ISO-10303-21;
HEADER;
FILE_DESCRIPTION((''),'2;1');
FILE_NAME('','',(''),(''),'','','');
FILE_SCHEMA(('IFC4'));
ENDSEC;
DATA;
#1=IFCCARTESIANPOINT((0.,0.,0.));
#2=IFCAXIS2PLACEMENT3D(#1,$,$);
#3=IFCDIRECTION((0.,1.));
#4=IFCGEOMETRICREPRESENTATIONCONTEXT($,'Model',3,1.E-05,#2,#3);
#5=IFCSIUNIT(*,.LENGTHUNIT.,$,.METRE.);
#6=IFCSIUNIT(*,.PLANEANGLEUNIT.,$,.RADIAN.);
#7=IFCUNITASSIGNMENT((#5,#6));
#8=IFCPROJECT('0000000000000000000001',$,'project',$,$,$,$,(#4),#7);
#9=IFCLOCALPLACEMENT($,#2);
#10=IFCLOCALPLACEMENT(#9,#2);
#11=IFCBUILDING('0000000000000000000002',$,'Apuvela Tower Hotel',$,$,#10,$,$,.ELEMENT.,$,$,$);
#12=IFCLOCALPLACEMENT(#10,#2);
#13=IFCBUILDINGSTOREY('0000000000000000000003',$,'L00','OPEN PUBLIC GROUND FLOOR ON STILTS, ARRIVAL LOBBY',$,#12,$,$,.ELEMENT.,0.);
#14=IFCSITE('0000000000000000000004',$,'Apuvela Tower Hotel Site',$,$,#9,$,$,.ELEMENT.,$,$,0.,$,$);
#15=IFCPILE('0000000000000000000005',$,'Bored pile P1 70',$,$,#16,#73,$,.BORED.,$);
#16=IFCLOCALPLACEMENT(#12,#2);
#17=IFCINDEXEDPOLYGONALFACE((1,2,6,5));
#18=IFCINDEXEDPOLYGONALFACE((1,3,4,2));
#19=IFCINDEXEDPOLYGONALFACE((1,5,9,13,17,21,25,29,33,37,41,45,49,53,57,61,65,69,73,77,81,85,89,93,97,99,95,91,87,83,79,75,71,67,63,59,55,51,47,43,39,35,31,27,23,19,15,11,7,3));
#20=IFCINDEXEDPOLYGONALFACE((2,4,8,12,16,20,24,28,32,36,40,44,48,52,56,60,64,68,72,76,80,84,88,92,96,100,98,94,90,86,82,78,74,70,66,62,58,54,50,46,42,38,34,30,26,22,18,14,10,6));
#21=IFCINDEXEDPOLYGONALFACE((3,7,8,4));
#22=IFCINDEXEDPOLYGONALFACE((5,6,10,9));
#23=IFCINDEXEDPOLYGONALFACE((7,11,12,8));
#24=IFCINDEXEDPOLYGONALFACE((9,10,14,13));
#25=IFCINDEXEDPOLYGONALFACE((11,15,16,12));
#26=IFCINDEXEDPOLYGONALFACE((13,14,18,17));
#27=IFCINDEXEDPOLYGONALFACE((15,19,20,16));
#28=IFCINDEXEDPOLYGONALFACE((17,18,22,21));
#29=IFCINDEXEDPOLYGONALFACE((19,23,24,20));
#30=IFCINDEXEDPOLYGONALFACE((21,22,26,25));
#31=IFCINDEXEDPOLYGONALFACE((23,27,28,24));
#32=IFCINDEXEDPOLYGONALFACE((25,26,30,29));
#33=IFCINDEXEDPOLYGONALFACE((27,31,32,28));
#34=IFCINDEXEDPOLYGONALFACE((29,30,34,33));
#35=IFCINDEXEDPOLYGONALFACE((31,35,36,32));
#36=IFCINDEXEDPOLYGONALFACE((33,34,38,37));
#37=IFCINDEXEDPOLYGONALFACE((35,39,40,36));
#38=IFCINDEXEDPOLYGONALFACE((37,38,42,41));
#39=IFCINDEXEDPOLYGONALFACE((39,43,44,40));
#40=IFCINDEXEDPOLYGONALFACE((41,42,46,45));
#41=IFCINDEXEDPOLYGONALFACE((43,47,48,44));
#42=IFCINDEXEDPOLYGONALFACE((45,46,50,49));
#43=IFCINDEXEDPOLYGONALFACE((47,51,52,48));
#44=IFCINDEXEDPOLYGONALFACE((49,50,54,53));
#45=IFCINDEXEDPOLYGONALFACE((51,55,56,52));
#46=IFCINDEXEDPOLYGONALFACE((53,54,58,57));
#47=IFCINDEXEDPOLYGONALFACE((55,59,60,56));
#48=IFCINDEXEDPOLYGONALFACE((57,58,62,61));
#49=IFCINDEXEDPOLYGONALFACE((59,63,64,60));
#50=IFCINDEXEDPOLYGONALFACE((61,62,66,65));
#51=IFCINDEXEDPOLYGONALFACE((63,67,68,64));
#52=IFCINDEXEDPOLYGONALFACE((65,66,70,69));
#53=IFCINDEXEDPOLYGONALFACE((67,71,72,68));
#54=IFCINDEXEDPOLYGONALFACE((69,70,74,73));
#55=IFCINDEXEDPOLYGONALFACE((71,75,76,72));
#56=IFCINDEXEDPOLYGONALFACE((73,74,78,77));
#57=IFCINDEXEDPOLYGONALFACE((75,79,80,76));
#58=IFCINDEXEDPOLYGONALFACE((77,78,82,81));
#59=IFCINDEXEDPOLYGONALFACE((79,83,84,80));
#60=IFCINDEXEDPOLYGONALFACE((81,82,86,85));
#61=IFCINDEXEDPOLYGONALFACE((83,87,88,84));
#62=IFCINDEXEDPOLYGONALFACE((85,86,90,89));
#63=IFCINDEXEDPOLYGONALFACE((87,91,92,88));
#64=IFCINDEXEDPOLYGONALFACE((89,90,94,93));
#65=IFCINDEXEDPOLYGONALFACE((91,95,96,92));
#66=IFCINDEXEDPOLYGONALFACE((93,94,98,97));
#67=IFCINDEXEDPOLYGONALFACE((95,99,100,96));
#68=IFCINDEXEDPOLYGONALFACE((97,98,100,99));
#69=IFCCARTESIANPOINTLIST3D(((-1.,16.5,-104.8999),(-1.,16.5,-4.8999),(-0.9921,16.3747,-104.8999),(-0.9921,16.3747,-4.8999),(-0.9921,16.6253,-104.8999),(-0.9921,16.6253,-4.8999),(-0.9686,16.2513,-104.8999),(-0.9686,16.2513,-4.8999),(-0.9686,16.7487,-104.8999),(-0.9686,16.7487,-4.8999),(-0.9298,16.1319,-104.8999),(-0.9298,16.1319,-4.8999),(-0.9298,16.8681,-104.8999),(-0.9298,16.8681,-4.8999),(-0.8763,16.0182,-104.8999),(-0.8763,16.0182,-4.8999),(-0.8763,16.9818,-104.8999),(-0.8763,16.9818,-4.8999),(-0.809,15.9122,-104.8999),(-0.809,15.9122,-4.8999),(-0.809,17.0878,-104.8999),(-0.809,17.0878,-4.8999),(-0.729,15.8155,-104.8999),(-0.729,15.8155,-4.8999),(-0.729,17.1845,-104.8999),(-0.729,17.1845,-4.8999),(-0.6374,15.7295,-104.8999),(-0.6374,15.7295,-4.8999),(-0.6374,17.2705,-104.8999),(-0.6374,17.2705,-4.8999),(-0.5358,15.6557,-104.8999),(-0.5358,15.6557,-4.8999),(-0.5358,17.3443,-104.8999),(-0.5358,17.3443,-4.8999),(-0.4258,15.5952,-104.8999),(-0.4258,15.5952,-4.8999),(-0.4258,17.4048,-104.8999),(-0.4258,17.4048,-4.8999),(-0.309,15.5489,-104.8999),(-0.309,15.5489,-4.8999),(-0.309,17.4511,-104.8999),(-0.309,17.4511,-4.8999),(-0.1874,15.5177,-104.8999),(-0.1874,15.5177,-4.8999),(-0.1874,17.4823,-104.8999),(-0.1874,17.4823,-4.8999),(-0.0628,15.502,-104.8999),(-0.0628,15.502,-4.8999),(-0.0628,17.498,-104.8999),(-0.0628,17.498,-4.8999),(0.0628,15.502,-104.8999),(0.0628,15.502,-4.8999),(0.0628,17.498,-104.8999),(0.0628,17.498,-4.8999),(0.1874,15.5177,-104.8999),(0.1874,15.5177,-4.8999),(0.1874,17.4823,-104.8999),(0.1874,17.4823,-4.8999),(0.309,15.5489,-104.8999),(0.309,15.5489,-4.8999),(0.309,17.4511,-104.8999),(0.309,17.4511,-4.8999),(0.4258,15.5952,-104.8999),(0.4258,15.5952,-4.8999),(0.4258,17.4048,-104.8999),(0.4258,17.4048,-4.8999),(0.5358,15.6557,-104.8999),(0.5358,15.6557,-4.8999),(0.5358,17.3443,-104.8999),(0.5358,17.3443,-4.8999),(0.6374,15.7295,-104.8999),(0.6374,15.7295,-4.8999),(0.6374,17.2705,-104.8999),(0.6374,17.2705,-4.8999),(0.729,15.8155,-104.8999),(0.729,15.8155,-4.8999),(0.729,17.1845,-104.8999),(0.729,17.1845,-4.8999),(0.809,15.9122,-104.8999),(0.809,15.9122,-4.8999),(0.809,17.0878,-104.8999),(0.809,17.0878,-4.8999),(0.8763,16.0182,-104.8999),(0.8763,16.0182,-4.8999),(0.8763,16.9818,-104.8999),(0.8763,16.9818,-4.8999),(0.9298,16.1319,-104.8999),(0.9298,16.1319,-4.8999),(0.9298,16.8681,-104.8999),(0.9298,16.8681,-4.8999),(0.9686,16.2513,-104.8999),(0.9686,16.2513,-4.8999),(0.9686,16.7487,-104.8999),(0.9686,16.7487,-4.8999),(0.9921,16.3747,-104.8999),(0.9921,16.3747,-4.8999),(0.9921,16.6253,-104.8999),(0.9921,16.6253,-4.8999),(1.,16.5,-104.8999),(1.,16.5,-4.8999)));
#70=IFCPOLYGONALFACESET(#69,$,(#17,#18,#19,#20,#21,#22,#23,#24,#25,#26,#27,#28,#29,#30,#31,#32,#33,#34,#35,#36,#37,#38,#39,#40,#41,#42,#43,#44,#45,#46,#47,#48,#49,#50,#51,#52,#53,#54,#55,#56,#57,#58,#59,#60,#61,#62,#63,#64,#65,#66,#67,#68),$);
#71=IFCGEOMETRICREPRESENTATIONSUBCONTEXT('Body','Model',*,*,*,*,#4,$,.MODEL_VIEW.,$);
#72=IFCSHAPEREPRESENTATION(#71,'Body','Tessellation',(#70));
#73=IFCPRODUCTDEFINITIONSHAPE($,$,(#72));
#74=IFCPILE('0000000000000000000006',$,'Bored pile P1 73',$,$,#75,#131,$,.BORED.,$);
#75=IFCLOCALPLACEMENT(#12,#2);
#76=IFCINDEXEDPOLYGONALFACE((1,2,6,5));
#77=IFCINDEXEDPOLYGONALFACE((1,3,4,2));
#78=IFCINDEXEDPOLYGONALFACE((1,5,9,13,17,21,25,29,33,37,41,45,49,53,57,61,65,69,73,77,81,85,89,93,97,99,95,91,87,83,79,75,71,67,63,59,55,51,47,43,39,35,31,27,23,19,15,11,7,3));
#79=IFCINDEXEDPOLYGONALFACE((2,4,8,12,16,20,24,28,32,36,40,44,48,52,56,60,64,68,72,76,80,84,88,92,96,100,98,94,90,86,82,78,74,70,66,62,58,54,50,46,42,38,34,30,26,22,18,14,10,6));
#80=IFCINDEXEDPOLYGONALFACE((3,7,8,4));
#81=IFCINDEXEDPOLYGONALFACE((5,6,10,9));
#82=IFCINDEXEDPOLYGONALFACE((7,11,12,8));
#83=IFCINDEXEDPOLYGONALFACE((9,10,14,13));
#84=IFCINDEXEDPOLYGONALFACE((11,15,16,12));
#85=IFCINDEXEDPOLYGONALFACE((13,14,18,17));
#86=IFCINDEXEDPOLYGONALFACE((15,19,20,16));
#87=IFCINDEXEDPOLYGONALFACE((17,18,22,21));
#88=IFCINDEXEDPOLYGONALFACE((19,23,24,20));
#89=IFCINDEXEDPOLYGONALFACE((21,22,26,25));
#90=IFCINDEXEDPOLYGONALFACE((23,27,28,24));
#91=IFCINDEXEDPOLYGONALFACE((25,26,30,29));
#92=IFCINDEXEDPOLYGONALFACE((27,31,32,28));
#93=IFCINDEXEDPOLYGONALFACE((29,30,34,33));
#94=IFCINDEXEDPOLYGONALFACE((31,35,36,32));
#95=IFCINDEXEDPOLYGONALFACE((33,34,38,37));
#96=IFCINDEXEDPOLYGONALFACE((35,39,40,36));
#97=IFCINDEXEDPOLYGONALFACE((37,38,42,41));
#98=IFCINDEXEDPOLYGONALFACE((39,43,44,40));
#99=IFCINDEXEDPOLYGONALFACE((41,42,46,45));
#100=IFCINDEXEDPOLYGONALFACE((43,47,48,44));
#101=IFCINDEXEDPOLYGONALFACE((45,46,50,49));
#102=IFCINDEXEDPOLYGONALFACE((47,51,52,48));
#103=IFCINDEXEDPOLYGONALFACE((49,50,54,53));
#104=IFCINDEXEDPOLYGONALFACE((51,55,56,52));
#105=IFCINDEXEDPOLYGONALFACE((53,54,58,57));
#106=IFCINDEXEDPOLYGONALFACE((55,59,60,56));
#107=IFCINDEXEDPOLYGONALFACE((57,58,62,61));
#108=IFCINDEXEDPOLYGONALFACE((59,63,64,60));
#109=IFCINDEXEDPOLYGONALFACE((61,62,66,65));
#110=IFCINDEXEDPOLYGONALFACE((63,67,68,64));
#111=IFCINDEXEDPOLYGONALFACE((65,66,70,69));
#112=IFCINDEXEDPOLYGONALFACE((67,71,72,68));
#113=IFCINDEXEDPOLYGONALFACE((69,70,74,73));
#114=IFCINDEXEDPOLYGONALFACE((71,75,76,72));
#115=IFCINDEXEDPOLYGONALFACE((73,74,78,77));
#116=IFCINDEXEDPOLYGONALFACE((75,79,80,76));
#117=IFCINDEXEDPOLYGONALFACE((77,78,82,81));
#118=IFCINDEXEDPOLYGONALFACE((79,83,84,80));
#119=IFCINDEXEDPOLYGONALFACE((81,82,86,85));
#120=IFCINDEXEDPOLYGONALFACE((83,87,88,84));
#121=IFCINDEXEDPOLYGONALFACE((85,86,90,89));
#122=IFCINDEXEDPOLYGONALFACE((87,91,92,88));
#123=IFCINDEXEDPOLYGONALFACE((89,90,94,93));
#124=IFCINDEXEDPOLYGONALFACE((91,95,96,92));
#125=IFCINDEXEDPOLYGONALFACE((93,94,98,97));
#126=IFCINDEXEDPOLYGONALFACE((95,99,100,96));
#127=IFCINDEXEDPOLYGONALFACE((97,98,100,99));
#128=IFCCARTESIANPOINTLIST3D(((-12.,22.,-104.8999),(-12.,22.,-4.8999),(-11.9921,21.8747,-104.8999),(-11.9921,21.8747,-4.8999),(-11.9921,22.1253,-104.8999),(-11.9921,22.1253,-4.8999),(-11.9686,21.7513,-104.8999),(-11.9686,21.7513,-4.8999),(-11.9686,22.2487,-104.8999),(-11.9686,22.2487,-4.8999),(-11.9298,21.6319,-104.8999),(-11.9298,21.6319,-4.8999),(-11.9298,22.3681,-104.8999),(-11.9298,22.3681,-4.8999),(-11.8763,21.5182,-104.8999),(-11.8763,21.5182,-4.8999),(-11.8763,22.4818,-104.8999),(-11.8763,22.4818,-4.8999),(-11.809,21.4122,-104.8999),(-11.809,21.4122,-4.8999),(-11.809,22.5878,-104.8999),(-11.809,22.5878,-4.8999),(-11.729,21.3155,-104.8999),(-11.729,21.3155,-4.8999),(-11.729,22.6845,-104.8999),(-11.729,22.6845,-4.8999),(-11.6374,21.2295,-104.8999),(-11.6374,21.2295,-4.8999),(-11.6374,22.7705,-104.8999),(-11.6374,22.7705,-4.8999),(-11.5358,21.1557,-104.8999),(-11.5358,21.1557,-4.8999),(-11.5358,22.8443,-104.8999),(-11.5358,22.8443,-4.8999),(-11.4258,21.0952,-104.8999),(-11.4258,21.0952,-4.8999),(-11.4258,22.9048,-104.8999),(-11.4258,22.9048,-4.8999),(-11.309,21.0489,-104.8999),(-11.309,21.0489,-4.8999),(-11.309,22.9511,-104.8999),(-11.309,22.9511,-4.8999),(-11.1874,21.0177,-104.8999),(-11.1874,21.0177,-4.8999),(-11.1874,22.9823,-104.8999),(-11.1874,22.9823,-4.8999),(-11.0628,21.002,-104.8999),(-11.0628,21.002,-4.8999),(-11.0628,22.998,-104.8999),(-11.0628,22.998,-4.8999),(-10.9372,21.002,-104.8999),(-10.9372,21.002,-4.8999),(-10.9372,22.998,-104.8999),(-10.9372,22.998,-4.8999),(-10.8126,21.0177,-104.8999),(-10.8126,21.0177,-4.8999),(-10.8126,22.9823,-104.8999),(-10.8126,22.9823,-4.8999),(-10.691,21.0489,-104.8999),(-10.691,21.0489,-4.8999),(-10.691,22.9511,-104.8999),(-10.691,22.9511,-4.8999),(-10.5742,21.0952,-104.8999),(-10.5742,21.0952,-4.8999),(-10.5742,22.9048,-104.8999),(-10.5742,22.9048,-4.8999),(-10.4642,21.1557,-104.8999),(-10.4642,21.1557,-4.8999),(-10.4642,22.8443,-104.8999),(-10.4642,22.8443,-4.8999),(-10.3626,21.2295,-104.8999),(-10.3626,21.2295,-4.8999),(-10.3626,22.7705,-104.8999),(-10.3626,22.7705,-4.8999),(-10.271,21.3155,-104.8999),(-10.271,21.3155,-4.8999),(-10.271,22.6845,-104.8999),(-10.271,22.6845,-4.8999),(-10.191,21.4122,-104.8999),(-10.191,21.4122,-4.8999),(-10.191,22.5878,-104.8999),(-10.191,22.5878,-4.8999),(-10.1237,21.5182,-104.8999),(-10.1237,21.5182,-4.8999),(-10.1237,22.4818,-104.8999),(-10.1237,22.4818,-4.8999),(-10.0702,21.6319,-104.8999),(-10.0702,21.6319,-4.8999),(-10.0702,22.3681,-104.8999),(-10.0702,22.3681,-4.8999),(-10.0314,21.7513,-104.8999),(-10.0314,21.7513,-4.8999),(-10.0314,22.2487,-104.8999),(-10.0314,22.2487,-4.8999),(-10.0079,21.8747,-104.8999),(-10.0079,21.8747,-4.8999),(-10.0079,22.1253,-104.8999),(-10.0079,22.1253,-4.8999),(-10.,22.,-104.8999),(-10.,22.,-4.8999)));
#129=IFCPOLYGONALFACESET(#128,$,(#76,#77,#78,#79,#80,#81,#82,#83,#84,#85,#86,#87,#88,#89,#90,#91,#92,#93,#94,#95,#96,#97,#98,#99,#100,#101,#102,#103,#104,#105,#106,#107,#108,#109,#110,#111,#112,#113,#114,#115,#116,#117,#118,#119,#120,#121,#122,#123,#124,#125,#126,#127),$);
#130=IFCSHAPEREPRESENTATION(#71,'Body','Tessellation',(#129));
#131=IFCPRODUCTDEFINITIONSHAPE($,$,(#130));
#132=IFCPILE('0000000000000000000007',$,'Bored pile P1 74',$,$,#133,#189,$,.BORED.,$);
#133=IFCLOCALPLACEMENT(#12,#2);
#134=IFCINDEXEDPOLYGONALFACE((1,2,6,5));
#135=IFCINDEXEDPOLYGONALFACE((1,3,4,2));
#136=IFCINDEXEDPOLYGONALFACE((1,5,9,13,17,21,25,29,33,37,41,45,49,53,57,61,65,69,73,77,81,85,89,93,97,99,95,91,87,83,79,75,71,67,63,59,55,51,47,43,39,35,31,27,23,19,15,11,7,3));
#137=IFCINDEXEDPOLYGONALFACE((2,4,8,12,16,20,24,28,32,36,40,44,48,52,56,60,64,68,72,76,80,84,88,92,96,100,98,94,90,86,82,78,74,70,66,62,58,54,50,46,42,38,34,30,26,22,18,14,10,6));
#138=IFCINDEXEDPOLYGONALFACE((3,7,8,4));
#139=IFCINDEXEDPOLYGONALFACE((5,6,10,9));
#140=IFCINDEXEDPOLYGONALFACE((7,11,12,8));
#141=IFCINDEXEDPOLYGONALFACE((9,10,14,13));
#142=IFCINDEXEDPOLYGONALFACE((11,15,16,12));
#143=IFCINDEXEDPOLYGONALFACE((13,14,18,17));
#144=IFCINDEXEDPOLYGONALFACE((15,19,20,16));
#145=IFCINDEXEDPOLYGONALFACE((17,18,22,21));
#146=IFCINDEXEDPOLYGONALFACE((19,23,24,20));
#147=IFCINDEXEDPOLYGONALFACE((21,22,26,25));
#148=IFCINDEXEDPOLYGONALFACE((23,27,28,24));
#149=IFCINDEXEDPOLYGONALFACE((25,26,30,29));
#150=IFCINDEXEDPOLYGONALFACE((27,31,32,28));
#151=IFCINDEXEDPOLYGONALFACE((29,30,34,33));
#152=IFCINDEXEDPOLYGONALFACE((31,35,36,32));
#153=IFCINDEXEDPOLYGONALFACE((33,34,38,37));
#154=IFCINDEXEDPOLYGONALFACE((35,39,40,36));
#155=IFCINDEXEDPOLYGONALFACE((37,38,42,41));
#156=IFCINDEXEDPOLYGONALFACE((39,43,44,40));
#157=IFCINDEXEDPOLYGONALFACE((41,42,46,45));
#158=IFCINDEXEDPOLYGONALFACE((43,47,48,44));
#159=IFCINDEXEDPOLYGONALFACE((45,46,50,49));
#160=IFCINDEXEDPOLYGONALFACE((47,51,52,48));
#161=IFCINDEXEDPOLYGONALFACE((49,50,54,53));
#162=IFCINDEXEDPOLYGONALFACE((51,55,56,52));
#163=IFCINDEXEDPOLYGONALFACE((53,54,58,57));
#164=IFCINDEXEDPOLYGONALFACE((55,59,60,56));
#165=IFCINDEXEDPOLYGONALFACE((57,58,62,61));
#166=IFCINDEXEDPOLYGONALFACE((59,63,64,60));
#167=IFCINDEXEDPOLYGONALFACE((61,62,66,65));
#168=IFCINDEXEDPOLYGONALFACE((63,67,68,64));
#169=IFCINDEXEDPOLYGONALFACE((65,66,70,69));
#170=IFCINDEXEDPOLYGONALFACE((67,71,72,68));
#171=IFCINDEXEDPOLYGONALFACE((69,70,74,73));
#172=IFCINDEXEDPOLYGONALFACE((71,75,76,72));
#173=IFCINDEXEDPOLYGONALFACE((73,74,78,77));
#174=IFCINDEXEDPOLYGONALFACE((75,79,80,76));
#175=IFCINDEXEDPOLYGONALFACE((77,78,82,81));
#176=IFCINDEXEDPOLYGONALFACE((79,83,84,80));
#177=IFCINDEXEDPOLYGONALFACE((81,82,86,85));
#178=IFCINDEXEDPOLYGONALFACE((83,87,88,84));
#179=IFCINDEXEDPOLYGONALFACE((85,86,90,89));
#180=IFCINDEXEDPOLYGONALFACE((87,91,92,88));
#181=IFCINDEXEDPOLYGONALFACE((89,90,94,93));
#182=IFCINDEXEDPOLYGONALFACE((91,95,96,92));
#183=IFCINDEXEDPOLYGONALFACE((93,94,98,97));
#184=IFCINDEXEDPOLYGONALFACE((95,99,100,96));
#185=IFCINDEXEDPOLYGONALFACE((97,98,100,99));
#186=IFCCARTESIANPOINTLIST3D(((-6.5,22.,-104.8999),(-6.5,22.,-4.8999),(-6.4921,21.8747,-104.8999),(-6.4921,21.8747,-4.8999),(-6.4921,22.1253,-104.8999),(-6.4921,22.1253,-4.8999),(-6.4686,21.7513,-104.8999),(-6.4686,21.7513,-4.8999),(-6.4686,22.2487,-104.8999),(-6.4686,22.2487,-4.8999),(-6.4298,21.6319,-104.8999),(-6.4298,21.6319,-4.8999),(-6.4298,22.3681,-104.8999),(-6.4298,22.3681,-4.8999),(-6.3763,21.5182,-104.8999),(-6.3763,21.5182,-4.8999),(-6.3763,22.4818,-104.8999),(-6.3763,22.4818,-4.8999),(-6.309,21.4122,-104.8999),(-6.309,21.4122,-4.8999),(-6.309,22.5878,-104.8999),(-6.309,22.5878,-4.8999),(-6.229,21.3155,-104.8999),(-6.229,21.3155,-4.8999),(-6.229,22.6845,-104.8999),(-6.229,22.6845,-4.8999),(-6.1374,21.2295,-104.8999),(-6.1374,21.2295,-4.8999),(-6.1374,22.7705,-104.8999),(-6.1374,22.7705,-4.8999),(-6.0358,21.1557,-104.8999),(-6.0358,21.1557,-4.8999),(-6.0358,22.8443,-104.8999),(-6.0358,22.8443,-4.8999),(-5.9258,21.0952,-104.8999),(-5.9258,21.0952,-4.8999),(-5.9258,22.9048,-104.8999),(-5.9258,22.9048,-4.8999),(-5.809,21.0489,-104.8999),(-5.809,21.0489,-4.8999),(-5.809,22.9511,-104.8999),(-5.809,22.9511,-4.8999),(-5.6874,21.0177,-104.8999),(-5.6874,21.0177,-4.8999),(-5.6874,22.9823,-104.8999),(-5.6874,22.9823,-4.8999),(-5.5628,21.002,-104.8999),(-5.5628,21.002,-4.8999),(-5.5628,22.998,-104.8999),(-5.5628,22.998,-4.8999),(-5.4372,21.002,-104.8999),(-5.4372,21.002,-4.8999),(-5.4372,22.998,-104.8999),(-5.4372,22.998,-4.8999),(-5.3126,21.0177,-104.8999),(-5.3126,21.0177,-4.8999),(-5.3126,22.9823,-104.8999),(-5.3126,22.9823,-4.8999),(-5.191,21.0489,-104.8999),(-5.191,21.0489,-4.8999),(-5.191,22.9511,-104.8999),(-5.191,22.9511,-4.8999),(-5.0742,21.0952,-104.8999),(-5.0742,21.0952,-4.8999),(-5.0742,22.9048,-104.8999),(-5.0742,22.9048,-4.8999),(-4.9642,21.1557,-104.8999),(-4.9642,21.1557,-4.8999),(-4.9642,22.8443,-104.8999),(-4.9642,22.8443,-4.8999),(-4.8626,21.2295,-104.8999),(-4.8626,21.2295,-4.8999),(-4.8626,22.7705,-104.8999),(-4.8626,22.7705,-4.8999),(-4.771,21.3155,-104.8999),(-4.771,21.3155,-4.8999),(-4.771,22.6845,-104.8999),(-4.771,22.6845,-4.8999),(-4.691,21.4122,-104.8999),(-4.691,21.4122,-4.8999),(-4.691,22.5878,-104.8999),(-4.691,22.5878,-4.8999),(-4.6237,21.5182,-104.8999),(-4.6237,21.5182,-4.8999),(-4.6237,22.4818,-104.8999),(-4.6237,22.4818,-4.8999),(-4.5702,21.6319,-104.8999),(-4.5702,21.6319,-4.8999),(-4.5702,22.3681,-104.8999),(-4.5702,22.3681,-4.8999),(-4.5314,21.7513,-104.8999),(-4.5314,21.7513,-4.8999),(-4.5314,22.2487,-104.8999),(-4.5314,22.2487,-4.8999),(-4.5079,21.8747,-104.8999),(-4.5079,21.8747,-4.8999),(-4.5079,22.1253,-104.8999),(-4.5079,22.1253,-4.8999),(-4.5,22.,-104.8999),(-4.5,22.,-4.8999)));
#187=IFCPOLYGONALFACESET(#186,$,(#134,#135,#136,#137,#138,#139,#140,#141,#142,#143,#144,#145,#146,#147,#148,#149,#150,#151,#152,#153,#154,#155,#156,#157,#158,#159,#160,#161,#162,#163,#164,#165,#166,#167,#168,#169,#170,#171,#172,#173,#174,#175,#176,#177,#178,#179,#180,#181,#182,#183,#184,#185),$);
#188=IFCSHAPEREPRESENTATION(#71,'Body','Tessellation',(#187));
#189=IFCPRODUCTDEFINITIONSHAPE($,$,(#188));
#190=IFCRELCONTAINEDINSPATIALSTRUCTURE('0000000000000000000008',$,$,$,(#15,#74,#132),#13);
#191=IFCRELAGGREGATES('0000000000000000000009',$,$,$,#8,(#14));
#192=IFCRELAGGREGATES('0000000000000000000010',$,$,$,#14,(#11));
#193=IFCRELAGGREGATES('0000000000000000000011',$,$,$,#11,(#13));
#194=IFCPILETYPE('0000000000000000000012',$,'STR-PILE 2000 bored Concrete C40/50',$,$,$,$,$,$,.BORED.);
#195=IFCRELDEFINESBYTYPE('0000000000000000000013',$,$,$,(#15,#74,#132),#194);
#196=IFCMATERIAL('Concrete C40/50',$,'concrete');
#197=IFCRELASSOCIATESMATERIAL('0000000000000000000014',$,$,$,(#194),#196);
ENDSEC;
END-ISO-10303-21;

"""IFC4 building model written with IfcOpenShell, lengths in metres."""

from ifc_helpers import new_model, si_unit, direction, frame, origin, origin_2d, place, context, subcontext, project, spatial, circle, extrude, material, material_profile, profile_set, type_object, element, save


model = new_model("IFC4")

# Units and contexts
model_context = context("Model", 3, precision=1e-05, world=origin(), true_north=direction((0.0, 1.0)))
body_context = subcontext(model_context, "Body", "Model", "MODEL_VIEW")
ifc_project = project(units=[si_unit("LENGTHUNIT", "METRE"), si_unit("PLANEANGLEUNIT", "RADIAN")], contexts=[model_context])

# Site, building, storey
site_placement = place(None, origin())
site = spatial("IfcSite", under=ifc_project, at=site_placement, Name="Apuvela Tower Hotel Site", CompositionType="ELEMENT", RefElevation=0.0)
building_placement = place(site_placement, origin())
building = spatial("IfcBuilding", under=site, at=building_placement, Name="Apuvela Tower Hotel", CompositionType="ELEMENT")
storey_placement = place(building_placement, origin())
storey = spatial("IfcBuildingStorey", under=building, at=storey_placement, Name="L00", Description="OPEN PUBLIC GROUND FLOOR ON STILTS, ARRIVAL LOBBY", CompositionType="ELEMENT", Elevation=0.0)

# Piles
ifc_material_1 = material(Name="Concrete C40/50", Category="concrete")
ifc_material_profile_1 = material_profile(ifc_material_1, circle(Radius=1.0, at=origin_2d()), Name="PILE 2000")
ifc_profile_set_1 = profile_set([ifc_material_profile_1], Name="Concrete C40/50")
pile_type = type_object("IfcPileType", Name="STR-PILE 2000 bored Concrete C40/50", PredefinedType="BORED", material=ifc_profile_set_1)
for number, where, z_axis, x_axis, name in (
    (1, (0.0, 16.5, -4.8999), (0.0, 0.0, -1.0), (1.0, 0.0, 0.0), "Bored pile P1 70"),
    (2, (-11.0, 22.0, -4.8999), (0.0, 0.0, -1.0), (1.0, 0.0, 0.0), "Bored pile P1 73"),
    (3, (-5.5, 22.0, -4.8999), (0.0, 0.0, -1.0), (1.0, 0.0, 0.0), "Bored pile P1 74"),
):
    element("IfcPile", number, at=place(storey_placement, frame(where, z_axis=z_axis, x_axis=x_axis)), inside=storey, type_object=pile_type, Name=name, PredefinedType="BORED", context=body_context, shape_type="SweptSolid", body=[
        extrude(circle(Radius=1.0, at=origin_2d()), origin(), (0.0, 0.0, 1.0), 100.0),
    ])

save(model, "model.ifc")
